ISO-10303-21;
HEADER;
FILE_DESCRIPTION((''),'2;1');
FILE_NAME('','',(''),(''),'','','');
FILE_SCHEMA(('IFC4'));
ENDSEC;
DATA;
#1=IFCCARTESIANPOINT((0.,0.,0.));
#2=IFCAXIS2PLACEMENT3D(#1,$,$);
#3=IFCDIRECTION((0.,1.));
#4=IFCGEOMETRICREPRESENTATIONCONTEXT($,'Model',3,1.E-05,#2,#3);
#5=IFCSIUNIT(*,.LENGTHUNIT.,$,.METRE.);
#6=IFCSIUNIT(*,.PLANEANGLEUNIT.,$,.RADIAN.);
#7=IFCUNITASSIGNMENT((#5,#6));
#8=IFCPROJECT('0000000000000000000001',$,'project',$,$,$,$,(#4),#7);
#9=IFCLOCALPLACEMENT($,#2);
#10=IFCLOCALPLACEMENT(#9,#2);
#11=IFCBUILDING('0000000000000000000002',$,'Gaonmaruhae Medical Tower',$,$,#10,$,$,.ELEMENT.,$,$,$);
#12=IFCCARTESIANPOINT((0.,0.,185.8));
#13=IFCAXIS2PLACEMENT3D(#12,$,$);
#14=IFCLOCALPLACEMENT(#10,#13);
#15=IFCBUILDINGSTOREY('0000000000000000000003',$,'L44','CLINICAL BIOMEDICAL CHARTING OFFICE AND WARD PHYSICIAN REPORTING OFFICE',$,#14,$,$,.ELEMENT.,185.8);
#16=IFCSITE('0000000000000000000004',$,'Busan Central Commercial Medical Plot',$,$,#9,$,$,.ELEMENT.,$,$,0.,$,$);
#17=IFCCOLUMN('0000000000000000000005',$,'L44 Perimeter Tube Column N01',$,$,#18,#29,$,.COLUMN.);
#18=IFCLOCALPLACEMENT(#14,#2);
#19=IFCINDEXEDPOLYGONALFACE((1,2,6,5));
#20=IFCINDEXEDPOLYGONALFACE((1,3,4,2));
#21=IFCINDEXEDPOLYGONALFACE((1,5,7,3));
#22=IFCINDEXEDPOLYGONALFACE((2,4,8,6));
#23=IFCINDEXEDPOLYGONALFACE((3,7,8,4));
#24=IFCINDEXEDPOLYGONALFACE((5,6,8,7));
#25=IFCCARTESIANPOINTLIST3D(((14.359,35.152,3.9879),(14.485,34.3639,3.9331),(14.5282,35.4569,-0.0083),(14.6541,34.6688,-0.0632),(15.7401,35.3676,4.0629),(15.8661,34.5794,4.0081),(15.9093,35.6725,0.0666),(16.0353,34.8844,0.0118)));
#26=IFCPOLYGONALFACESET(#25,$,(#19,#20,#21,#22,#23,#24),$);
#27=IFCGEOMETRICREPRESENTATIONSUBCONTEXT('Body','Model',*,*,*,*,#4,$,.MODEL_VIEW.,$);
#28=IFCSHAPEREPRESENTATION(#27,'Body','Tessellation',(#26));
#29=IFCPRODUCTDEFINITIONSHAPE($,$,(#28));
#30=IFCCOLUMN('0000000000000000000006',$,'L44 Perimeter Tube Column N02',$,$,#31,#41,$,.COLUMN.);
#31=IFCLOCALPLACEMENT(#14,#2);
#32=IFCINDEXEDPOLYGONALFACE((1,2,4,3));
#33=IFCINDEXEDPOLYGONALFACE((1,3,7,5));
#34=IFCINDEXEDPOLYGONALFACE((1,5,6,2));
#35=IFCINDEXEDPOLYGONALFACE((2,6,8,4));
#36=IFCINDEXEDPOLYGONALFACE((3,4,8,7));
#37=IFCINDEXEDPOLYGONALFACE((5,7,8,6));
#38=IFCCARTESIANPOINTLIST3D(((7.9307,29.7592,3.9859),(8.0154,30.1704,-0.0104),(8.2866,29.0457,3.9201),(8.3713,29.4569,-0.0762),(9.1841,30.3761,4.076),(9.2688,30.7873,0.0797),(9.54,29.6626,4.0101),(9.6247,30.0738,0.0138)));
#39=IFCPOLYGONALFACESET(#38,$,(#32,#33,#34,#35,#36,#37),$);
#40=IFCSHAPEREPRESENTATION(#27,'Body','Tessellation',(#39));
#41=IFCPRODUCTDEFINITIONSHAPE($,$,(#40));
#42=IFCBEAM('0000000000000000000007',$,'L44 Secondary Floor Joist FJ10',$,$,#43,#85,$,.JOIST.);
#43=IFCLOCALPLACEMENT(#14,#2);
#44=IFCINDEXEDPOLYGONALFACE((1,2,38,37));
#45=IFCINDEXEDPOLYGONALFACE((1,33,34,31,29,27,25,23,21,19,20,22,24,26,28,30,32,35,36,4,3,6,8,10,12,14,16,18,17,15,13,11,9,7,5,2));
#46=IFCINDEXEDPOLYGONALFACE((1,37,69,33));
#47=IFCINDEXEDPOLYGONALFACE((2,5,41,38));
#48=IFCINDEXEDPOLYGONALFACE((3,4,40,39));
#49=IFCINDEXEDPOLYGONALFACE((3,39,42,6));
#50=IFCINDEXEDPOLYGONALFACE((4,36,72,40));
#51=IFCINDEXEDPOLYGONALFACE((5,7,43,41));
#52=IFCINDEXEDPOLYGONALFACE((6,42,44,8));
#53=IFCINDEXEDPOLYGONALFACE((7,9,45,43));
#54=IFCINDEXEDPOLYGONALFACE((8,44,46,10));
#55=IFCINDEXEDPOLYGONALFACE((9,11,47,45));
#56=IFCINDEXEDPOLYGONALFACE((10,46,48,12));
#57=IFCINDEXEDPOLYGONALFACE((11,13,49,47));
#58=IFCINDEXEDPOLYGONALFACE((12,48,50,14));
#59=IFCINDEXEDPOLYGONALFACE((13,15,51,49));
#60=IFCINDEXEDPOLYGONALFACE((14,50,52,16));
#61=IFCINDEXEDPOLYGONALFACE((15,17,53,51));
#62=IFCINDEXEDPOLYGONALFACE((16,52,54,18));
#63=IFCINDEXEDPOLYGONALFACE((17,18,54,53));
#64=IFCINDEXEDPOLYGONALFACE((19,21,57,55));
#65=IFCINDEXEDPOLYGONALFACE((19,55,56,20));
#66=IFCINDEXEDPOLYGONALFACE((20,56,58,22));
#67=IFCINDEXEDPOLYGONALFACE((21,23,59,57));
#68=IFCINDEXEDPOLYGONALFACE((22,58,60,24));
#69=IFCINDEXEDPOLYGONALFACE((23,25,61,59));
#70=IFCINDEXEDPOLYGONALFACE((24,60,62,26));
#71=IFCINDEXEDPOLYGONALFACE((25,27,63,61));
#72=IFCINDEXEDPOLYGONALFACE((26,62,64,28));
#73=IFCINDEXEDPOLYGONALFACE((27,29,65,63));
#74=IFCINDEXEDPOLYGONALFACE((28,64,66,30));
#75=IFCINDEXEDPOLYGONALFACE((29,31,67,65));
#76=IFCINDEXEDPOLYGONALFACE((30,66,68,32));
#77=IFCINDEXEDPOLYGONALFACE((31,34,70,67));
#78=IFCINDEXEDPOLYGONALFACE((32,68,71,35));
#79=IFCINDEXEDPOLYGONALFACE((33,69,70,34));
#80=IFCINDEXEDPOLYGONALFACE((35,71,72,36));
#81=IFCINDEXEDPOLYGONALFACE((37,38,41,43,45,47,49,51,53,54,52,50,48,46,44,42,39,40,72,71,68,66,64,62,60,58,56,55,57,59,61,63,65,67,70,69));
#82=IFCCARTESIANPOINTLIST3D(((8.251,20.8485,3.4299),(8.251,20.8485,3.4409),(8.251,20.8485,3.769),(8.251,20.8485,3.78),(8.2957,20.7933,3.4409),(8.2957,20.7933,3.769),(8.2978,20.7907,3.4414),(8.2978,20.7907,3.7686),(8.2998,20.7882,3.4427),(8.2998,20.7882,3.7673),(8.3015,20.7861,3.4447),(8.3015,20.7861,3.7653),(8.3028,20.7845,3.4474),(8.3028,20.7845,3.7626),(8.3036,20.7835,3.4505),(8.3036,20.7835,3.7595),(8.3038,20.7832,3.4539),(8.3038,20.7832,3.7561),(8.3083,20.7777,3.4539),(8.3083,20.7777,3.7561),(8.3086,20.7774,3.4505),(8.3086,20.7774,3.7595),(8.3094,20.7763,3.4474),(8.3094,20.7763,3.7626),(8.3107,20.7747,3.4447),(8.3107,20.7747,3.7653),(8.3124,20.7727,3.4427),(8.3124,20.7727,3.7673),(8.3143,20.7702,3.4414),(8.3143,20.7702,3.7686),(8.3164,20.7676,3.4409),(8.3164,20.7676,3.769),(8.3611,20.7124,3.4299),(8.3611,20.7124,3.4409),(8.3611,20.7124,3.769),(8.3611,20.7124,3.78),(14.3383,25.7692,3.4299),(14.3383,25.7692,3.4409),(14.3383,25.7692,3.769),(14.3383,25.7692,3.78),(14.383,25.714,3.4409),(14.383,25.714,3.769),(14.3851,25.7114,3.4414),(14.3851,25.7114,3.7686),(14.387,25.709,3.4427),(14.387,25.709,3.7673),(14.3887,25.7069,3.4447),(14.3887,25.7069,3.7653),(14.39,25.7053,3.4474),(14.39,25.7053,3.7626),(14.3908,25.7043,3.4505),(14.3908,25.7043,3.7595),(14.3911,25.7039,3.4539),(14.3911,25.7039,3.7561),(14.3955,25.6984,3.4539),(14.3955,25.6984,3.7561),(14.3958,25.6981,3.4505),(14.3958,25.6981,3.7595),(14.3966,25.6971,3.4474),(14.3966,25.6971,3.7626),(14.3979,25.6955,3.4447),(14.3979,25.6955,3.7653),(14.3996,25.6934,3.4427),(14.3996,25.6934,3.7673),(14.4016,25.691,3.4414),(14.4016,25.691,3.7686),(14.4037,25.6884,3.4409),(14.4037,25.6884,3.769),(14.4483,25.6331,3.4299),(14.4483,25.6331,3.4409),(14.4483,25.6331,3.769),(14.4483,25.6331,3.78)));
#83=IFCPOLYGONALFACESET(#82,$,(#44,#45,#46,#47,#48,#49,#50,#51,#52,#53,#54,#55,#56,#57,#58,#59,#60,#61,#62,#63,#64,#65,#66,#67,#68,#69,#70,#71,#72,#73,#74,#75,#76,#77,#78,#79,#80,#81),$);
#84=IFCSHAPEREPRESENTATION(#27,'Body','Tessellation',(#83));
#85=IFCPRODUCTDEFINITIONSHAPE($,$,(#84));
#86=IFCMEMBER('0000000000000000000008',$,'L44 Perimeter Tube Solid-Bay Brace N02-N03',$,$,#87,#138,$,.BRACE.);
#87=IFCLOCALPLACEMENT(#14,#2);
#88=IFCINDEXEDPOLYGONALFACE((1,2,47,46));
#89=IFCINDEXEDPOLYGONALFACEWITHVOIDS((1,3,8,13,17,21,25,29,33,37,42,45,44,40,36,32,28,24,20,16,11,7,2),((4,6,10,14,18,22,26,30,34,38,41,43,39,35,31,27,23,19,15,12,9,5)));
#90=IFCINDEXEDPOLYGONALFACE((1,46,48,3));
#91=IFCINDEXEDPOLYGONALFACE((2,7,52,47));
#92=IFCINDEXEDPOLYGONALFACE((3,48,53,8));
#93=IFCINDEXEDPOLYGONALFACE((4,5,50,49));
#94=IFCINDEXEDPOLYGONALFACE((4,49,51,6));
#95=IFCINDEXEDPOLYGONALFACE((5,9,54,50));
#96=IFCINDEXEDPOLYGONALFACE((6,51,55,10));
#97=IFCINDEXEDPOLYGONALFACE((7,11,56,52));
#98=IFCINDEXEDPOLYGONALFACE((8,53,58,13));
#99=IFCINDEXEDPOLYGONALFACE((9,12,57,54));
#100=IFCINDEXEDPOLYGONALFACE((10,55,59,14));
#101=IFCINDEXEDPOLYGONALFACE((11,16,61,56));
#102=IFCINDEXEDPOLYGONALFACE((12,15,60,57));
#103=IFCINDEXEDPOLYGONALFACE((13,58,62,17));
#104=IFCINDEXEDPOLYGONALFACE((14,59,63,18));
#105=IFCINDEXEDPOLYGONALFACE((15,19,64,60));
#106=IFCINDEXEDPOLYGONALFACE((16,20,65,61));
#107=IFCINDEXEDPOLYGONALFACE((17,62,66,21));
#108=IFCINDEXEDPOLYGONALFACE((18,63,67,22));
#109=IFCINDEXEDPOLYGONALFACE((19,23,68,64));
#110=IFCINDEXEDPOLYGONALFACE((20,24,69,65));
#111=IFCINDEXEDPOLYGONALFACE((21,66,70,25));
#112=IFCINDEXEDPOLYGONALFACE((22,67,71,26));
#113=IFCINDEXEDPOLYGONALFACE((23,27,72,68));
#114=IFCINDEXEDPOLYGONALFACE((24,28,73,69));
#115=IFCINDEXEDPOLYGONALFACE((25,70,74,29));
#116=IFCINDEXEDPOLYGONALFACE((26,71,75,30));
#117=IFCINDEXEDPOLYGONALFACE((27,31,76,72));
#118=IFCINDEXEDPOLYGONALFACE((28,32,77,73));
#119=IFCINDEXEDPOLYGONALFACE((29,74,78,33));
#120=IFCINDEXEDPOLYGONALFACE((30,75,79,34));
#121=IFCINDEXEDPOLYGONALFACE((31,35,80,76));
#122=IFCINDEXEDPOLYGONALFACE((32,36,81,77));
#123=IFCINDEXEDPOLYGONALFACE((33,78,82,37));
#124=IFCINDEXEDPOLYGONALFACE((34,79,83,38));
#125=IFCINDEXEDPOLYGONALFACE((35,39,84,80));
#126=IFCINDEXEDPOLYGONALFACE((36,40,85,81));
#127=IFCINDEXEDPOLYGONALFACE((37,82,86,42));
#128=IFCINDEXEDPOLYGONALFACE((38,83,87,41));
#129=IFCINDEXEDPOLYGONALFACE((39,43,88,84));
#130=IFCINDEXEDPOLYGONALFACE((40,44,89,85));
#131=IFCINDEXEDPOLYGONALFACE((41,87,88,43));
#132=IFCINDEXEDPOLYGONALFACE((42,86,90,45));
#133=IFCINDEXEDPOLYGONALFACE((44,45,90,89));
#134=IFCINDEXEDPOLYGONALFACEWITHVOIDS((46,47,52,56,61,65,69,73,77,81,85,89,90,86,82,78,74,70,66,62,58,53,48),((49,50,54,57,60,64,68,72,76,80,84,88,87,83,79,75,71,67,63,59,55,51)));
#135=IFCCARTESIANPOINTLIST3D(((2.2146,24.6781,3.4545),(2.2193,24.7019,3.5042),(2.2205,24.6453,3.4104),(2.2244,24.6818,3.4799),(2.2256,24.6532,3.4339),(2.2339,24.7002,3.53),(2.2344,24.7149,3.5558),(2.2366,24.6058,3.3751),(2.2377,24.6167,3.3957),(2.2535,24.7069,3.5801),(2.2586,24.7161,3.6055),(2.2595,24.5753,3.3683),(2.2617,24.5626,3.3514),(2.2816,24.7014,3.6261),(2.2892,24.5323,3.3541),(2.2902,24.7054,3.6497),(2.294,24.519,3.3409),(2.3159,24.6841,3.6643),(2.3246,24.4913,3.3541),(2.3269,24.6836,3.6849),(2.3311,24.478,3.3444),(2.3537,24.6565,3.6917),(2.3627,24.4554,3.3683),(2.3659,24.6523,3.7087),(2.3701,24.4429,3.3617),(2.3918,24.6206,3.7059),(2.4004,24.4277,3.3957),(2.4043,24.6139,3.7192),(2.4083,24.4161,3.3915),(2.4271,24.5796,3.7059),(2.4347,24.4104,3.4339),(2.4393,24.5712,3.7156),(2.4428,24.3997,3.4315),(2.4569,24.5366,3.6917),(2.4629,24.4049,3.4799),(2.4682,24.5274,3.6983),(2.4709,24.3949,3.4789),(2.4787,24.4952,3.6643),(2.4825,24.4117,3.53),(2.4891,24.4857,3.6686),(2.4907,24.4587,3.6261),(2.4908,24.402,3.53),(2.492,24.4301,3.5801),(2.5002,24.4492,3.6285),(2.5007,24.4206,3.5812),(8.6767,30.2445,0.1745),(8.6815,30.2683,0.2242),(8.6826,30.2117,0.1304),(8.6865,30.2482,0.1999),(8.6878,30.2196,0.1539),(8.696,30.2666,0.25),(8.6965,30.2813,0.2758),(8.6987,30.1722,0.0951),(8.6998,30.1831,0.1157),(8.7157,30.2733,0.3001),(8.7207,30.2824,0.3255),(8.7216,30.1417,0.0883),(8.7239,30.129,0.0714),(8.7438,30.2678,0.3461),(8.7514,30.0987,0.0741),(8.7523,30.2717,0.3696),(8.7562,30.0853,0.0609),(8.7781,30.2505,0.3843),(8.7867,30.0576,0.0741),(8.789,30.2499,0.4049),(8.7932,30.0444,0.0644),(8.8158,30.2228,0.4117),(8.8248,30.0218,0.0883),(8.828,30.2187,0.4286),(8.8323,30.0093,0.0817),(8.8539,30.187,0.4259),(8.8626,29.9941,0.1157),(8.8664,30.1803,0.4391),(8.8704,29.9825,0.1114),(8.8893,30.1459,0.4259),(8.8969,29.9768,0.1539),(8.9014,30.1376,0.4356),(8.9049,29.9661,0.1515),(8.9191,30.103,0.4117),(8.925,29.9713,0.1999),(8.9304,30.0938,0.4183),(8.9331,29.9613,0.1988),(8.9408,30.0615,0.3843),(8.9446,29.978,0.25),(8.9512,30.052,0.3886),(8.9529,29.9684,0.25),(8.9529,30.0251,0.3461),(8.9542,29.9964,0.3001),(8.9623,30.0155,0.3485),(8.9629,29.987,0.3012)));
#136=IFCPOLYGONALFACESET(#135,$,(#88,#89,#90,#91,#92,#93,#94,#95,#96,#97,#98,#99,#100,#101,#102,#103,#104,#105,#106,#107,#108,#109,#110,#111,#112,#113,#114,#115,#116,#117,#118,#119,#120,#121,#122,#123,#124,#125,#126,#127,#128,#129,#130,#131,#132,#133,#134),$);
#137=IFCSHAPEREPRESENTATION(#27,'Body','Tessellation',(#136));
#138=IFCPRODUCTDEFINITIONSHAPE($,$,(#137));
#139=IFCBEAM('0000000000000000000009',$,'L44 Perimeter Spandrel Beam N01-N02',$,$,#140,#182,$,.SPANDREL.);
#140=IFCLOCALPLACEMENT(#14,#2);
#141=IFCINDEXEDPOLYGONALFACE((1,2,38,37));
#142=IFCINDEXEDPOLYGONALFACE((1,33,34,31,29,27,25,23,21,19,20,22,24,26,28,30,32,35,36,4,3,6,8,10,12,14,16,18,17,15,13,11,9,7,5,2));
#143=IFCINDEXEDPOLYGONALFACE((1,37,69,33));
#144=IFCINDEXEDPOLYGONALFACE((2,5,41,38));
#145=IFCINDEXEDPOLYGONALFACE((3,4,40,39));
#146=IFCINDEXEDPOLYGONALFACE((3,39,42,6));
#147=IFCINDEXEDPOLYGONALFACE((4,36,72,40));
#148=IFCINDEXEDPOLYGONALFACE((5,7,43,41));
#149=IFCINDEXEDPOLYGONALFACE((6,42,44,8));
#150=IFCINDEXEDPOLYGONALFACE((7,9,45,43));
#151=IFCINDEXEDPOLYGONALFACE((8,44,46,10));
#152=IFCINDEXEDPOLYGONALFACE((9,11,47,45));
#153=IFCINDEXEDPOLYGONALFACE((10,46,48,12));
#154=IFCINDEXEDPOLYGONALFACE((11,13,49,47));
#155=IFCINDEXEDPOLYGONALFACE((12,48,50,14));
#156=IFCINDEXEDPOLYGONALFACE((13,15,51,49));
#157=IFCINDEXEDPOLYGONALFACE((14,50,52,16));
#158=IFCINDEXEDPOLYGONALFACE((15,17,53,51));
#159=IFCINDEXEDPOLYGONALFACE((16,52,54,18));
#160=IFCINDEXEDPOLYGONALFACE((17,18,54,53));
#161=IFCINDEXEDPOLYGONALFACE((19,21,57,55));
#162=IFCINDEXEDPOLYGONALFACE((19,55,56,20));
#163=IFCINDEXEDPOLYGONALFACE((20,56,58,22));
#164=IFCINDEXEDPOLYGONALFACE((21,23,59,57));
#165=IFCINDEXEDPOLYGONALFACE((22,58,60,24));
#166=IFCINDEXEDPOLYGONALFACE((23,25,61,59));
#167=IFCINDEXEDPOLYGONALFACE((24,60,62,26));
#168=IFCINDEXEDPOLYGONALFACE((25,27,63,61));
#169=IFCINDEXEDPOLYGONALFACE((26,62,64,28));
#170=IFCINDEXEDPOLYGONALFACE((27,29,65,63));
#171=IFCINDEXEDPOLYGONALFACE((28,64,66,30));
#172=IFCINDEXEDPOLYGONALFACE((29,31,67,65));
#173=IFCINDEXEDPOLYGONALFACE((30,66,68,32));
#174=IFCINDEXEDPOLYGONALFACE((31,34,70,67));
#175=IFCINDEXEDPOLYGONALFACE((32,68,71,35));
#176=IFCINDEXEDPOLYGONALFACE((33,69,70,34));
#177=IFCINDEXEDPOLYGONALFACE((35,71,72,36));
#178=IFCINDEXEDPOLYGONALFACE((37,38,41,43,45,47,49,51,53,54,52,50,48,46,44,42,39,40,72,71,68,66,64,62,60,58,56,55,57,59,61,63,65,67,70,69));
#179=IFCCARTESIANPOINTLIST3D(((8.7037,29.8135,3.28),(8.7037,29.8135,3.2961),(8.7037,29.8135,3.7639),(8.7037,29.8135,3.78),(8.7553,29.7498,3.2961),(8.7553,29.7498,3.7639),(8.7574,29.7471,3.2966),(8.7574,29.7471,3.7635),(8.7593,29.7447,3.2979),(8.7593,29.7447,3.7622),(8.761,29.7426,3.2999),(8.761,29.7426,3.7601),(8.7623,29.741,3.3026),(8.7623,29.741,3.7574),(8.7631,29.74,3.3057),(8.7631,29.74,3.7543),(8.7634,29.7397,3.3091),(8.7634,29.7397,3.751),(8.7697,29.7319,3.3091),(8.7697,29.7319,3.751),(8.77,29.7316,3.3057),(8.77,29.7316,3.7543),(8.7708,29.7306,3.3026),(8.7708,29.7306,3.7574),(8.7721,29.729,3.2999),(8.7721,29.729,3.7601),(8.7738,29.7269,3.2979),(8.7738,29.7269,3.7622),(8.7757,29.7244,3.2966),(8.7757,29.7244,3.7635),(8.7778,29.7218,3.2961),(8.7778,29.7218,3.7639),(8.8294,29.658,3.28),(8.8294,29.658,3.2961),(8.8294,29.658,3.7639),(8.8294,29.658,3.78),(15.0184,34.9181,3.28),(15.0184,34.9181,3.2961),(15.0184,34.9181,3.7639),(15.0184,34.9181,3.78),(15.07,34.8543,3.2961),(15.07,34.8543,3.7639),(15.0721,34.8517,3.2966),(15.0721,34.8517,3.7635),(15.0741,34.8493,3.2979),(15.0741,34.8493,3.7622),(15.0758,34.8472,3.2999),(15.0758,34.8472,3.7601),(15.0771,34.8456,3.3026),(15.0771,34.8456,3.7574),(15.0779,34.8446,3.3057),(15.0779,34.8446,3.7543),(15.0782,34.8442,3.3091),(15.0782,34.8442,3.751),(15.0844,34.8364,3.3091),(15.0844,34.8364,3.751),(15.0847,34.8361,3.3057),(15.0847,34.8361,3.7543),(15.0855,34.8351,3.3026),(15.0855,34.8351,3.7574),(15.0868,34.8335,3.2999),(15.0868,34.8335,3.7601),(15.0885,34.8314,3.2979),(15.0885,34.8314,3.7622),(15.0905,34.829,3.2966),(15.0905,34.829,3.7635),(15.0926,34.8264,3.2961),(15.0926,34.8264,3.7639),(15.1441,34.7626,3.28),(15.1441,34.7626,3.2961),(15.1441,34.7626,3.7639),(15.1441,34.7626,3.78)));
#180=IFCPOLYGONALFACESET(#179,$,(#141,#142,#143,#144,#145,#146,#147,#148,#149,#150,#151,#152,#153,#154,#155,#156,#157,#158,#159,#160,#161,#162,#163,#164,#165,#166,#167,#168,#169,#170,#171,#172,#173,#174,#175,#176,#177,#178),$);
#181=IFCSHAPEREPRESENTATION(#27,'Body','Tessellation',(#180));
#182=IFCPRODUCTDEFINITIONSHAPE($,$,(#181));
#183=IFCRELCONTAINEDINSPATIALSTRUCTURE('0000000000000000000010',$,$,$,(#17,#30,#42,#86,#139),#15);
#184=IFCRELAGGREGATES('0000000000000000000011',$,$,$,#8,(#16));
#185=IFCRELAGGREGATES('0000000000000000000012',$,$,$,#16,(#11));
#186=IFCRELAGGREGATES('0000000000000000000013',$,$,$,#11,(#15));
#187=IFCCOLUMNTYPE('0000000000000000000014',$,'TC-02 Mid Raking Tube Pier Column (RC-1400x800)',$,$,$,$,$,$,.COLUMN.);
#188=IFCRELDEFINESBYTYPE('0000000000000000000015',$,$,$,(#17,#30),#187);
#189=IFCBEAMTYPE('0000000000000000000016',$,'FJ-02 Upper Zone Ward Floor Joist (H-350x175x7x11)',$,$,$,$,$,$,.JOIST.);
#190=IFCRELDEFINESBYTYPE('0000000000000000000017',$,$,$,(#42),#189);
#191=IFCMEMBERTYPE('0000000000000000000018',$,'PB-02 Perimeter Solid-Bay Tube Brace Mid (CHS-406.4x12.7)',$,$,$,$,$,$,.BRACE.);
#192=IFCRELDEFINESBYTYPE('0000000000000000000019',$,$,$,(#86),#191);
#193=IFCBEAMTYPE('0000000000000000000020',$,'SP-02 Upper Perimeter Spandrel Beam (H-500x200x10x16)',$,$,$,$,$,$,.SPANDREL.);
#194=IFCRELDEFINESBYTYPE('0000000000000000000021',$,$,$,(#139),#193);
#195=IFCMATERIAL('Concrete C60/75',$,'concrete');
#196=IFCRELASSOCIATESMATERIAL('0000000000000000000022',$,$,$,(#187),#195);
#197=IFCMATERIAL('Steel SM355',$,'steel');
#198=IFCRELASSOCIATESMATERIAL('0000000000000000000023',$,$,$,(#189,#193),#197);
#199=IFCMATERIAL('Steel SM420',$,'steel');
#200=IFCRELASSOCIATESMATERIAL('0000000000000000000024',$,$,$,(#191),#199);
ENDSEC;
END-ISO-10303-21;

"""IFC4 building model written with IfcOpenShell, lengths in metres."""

from ifc_helpers import new_model, si_unit, direction, frame, origin, origin_2d, place, context, subcontext, project, spatial, rectangle, hollow_circle, i_section, extrude, material, material_profile, profile_set, type_object, element, save


model = new_model("IFC4")

# Units and contexts
model_context = context("Model", 3, precision=1e-05, world=origin(), true_north=direction((0.0, 1.0)))
body_context = subcontext(model_context, "Body", "Model", "MODEL_VIEW")
ifc_project = project(units=[si_unit("LENGTHUNIT", "METRE"), si_unit("PLANEANGLEUNIT", "RADIAN")], contexts=[model_context])

# Site, building, storey
site_placement = place(None, origin())
site = spatial("IfcSite", under=ifc_project, at=site_placement, Name="Busan Central Commercial Medical Plot", CompositionType="ELEMENT", RefElevation=0.0)
building_placement = place(site_placement, origin())
building = spatial("IfcBuilding", under=site, at=building_placement, Name="Gaonmaruhae Medical Tower", CompositionType="ELEMENT")
storey_placement = place(building_placement, frame((0.0, 0.0, 185.8)))
storey = spatial("IfcBuildingStorey", under=building, at=storey_placement, Name="L44", Description="CLINICAL BIOMEDICAL CHARTING OFFICE AND WARD PHYSICIAN REPORTING OFFICE", CompositionType="ELEMENT", Elevation=185.8)

# Columns
ifc_material_1 = material(Name="Concrete C60/75", Category="concrete")
ifc_material_profile_1 = material_profile(ifc_material_1, rectangle(XDim=1.3999, YDim=0.8, at=origin_2d()), Name="RC-1400x800")
ifc_profile_set_1 = profile_set([ifc_material_profile_1], Name="Concrete C60/75")
column_type = type_object("IfcColumnType", Name="TC-02 Mid Raking Tube Pier Column (RC-1400x800)", PredefinedType="COLUMN", material=ifc_profile_set_1)
column_1_placement = place(storey_placement, frame((15.2817, 35.1707, 0.0017), z_axis=(-0.042176, -0.076014, 0.996214), x_axis=(0.986621, 0.153992, 0.05352)))
element("IfcColumn", 1, at=column_1_placement, inside=storey, type_object=column_type, Name="L44 Perimeter Tube Column N01", PredefinedType="COLUMN", context=body_context, shape_type="SweptSolid", body=[
    extrude(rectangle(XDim=1.3999, YDim=0.8, at=origin_2d()), origin(), (0.0, 0.0, 1.0), 4.0115),
])
column_2_placement = place(storey_placement, frame((8.8201, 30.1221, 0.0017), z_axis=(-0.021083, -0.102315, 0.994529), x_axis=(0.895367, 0.44066, 0.064314)))
element("IfcColumn", 2, at=column_2_placement, inside=storey, type_object=column_type, Name="L44 Perimeter Tube Column N02", PredefinedType="COLUMN", context=body_context, shape_type="SweptSolid", body=[
    extrude(rectangle(XDim=1.3999, YDim=0.8, at=origin_2d()), origin(), (0.0, 0.0, 1.0), 4.0183),
])

# Beam
ifc_material_2 = material(Name="Steel SM355", Category="steel")
ifc_material_profile_2 = material_profile(ifc_material_2, i_section(OverallWidth=0.175, OverallDepth=0.3501, WebThickness=0.0071, FlangeThickness=0.011, FilletRadius=0.0129, at=origin_2d()), Name="H-350x175x7x11")
ifc_profile_set_2 = profile_set([ifc_material_profile_2], Name="Steel SM355")
beam_type_1 = type_object("IfcBeamType", Name="FJ-02 Upper Zone Ward Floor Joist (H-350x175x7x11)", PredefinedType="JOIST", material=ifc_profile_set_2)
beam_1_placement = place(storey_placement, frame((14.3933, 25.7012, 3.605), z_axis=(-0.777685, -0.628654, 0.0), x_axis=(0.628654, -0.777685, 0.0)))
element("IfcBeam", 3, at=beam_1_placement, inside=storey, type_object=beam_type_1, Name="L44 Secondary Floor Joist FJ10", PredefinedType="JOIST", context=body_context, shape_type="SweptSolid", body=[
    extrude(i_section(OverallWidth=0.175, OverallDepth=0.3501, WebThickness=0.0071, FlangeThickness=0.011, FilletRadius=0.0129, at=origin_2d()), origin(), (0.0, 0.0, 1.0), 7.8274),
])

# Member
ifc_material_3 = material(Name="Steel SM420", Category="steel")
ifc_material_profile_3 = material_profile(ifc_material_3, hollow_circle(Radius=0.2031, WallThickness=0.0127, at=origin_2d()), Name="CHS-406.4x12.7")
ifc_profile_set_3 = profile_set([ifc_material_profile_3], Name="Steel SM420")
member_type = type_object("IfcMemberType", Name="PB-02 Perimeter Solid-Bay Tube Brace Mid (CHS-406.4x12.7)", PredefinedType="BRACE", material=ifc_profile_set_3)
member_placement = place(storey_placement, frame((8.8203, 30.1223, 0.25), z_axis=(-0.707175, -0.60915, 0.358944), x_axis=(0.652642, -0.757666, 0.0)))
element("IfcMember", 4, at=member_placement, inside=storey, type_object=member_type, Name="L44 Perimeter Tube Solid-Bay Brace N02-N03", PredefinedType="BRACE", context=body_context, shape_type="SweptSolid", body=[
    extrude(hollow_circle(Radius=0.2031, WallThickness=0.0127, at=origin_2d()), origin(), (0.0, 0.0, 1.0), 9.1379),
])

# Beam
ifc_material_profile_4 = material_profile(ifc_material_2, i_section(OverallWidth=0.2, OverallDepth=0.5, WebThickness=0.01, FlangeThickness=0.0161, FilletRadius=0.0129, at=origin_2d()), Name="H-500x200x10x16")
ifc_profile_set_4 = profile_set([ifc_material_profile_4], Name="Steel SM355")
beam_type_2 = type_object("IfcBeamType", Name="SP-02 Upper Perimeter Spandrel Beam (H-500x200x10x16)", PredefinedType="SPANDREL", material=ifc_profile_set_4)
beam_2_placement = place(storey_placement, frame((15.0813, 34.8403, 3.53), z_axis=(-0.777691, -0.628647, 0.0), x_axis=(0.628647, -0.777691, 0.0)))
element("IfcBeam", 5, at=beam_2_placement, inside=storey, type_object=beam_type_2, Name="L44 Perimeter Spandrel Beam N01-N02", PredefinedType="SPANDREL", context=body_context, shape_type="SweptSolid", body=[
    extrude(i_section(OverallWidth=0.2, OverallDepth=0.5, WebThickness=0.01, FlangeThickness=0.0161, FilletRadius=0.0129, at=origin_2d()), origin(), (0.0, 0.0, 1.0), 8.1199),
])

save(model, "model.ifc")
